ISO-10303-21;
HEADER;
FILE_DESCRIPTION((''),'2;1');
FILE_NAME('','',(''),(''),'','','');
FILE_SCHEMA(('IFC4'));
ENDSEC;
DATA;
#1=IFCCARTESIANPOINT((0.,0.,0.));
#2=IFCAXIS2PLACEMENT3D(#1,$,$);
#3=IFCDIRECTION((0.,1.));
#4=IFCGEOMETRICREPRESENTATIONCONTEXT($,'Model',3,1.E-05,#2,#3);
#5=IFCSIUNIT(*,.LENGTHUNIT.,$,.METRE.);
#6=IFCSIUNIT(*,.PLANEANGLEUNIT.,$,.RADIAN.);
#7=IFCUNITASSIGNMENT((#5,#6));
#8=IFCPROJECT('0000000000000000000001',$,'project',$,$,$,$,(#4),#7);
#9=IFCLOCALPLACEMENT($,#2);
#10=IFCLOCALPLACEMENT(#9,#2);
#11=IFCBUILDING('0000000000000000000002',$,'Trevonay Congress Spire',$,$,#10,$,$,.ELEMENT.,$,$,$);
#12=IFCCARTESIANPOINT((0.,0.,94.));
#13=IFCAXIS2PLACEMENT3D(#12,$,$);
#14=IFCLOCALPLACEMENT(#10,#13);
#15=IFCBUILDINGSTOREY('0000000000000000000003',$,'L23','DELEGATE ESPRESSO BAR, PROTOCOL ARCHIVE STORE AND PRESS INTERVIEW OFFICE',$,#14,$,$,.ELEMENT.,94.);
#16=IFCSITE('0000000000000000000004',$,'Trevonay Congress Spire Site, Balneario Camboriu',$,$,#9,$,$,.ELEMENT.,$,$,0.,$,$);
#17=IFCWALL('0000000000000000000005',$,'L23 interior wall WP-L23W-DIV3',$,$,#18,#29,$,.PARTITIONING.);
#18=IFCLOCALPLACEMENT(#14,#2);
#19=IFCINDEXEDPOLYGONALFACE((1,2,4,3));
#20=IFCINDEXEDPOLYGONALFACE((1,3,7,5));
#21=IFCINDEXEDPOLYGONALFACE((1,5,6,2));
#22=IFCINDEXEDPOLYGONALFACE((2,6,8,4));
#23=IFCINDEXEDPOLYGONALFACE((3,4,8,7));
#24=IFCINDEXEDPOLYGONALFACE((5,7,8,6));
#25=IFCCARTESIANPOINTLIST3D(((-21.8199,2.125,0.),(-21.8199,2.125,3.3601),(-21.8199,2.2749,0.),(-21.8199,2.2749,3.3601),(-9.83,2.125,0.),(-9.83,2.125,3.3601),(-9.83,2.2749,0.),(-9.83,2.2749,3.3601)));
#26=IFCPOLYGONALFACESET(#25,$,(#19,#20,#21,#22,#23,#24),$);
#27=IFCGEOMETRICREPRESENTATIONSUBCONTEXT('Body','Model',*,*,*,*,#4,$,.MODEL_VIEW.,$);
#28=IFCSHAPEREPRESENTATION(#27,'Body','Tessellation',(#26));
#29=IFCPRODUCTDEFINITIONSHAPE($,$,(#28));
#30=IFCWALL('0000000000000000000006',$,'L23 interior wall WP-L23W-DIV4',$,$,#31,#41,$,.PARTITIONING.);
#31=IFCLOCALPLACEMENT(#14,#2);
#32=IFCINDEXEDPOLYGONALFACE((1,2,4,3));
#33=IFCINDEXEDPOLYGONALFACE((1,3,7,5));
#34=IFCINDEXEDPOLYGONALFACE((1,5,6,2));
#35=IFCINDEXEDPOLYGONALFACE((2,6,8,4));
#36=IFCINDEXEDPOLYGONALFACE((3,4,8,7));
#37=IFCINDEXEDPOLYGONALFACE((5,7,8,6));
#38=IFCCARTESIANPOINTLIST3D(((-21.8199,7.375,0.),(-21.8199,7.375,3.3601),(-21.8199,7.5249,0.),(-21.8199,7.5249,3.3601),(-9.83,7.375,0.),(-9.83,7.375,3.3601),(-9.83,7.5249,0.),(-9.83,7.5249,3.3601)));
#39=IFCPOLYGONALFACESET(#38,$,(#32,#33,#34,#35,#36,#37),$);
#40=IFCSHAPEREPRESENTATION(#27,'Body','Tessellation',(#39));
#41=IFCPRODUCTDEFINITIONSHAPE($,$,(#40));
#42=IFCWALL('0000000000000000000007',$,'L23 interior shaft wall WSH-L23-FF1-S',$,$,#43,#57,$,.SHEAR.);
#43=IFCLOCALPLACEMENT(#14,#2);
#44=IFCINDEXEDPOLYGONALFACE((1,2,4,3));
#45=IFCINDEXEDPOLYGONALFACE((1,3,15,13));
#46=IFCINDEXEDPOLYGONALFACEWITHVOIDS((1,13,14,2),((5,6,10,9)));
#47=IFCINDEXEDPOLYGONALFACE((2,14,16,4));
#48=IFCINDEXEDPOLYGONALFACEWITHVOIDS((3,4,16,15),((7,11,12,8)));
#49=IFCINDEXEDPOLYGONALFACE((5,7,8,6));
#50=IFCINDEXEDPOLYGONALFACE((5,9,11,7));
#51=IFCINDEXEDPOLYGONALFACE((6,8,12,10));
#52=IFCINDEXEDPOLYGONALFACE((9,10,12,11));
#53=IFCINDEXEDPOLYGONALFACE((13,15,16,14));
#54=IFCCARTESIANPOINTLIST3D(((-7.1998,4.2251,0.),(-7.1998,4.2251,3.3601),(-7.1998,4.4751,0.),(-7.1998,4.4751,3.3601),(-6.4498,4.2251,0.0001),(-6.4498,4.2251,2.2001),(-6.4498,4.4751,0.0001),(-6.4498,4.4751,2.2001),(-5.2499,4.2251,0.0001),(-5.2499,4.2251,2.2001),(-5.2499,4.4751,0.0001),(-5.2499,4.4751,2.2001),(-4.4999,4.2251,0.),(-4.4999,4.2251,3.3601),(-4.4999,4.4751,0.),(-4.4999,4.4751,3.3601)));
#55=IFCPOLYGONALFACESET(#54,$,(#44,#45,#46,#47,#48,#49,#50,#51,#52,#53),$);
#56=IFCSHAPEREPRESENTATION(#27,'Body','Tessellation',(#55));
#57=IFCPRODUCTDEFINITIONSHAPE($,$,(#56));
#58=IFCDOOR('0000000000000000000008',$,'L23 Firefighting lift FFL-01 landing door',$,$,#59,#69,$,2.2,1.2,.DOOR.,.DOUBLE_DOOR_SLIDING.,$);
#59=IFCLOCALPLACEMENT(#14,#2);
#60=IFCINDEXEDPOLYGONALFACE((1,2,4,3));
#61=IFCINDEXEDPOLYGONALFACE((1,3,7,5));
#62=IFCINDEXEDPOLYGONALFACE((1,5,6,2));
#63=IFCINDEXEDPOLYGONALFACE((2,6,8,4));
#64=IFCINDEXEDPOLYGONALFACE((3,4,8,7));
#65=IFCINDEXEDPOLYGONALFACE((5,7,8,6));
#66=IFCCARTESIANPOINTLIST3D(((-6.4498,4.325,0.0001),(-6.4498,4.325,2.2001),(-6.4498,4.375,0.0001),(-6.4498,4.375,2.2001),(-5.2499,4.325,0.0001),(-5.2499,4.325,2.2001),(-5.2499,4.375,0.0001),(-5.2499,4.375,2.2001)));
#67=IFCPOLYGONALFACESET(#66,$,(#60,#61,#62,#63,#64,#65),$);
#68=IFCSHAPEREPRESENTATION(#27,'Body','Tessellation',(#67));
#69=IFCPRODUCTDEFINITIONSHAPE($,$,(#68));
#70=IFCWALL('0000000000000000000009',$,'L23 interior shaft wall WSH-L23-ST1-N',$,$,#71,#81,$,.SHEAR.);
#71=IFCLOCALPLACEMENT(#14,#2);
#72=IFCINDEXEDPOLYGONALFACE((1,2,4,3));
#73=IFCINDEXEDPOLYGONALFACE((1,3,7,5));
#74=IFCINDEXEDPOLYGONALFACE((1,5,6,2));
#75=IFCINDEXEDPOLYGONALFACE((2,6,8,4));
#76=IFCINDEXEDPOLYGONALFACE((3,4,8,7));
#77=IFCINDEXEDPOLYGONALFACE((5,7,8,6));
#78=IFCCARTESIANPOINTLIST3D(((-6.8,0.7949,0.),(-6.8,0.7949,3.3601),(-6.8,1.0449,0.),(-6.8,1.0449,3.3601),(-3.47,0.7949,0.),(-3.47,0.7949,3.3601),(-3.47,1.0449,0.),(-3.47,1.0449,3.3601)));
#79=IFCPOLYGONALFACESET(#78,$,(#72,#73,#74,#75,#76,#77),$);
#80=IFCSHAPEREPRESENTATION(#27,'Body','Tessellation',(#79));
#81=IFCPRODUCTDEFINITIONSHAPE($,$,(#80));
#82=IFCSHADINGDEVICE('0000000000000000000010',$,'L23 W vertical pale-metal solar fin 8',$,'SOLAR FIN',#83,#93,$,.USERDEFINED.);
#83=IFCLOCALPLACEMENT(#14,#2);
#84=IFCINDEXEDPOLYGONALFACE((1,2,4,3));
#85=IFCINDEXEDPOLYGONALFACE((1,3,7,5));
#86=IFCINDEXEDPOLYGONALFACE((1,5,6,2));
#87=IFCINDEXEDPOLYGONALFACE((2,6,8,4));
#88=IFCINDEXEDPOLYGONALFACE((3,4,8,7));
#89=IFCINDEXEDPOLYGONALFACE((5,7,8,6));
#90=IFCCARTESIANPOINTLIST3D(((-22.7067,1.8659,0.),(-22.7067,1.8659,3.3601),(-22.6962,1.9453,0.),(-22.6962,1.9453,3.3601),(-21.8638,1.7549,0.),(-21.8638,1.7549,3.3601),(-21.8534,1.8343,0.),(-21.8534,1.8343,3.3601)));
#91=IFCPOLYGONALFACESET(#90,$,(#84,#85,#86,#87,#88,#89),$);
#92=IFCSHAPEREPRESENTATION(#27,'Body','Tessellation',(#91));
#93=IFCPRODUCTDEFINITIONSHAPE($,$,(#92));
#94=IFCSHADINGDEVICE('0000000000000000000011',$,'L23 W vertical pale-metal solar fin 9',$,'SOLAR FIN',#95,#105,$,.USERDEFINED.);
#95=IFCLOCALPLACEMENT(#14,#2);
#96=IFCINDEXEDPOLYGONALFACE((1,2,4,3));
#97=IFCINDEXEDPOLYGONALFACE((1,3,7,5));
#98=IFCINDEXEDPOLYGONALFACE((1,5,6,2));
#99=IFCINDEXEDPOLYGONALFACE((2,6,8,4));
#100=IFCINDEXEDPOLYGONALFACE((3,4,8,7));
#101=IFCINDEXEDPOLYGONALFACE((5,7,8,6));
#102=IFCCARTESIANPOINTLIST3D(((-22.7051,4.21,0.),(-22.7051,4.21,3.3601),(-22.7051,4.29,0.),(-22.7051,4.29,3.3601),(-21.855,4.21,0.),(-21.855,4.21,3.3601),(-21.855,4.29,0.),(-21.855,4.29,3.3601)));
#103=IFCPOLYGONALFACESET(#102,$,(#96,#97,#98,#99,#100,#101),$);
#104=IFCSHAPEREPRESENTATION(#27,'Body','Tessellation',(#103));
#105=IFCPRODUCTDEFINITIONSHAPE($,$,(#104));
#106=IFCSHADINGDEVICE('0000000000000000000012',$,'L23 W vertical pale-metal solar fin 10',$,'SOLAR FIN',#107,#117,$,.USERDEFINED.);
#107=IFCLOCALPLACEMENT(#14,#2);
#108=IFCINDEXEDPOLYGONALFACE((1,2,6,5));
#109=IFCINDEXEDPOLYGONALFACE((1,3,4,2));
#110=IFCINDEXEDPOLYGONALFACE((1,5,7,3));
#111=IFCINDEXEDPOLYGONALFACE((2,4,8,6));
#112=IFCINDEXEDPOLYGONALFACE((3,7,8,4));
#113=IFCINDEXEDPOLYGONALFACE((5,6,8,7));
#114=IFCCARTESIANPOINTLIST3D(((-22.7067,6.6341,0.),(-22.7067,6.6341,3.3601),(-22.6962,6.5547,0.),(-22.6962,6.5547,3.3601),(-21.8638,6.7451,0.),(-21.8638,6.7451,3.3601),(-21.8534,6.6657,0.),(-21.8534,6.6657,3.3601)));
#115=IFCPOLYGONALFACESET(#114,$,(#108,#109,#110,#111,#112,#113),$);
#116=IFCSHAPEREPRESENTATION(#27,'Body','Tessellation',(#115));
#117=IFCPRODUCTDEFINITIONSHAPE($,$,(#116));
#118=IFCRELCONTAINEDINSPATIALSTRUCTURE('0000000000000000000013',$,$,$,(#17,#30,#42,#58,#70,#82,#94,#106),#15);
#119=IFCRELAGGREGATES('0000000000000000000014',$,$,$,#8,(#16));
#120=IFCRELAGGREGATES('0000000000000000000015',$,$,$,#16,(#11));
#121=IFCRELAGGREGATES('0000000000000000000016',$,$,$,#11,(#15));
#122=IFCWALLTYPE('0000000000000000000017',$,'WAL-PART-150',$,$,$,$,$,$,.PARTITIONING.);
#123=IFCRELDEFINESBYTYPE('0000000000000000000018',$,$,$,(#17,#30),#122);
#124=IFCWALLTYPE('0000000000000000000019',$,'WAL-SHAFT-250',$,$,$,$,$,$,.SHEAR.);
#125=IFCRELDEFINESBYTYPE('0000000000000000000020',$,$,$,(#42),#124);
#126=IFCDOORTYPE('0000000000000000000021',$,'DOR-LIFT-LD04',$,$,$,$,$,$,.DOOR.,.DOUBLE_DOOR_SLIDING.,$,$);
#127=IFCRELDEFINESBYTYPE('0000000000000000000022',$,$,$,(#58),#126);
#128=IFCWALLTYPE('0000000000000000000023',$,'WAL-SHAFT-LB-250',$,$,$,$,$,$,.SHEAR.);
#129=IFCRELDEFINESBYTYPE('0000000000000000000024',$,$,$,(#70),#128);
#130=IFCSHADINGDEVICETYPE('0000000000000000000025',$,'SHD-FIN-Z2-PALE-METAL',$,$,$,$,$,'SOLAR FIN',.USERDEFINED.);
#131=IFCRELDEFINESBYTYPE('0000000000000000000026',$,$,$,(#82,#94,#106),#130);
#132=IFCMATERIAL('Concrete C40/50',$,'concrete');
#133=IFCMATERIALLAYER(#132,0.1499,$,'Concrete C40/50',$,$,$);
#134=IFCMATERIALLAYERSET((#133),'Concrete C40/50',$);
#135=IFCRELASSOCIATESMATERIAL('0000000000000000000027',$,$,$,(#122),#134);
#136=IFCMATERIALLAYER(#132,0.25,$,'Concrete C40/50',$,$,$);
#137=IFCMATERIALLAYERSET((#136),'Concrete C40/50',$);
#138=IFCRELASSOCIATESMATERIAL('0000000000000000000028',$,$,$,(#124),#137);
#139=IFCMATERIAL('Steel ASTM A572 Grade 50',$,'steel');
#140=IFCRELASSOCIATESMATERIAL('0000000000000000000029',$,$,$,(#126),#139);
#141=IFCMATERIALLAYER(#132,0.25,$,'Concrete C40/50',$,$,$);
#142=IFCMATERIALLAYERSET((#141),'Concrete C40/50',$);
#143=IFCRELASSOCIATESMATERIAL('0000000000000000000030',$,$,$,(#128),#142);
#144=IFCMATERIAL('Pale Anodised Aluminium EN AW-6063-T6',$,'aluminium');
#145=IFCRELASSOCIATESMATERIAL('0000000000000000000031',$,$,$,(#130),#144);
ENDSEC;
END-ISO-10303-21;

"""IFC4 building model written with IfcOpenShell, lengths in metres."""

from ifc_helpers import new_model, si_unit, direction, frame, frame_2d, origin, origin_2d, place, context, subcontext, project, spatial, rectangle, extrude, material, layer, layer_set, type_object, element, fill, save


model = new_model("IFC4")

# Units and contexts
model_context = context("Model", 3, precision=1e-05, world=origin(), true_north=direction((0.0, 1.0)))
body_context = subcontext(model_context, "Body", "Model", "MODEL_VIEW")
ifc_project = project(units=[si_unit("LENGTHUNIT", "METRE"), si_unit("PLANEANGLEUNIT", "RADIAN")], contexts=[model_context])

# Site, building, storey
site_placement = place(None, origin())
site = spatial("IfcSite", under=ifc_project, at=site_placement, Name="Trevonay Congress Spire Site, Balneario Camboriu", CompositionType="ELEMENT", RefElevation=0.0)
building_placement = place(site_placement, origin())
building = spatial("IfcBuilding", under=site, at=building_placement, Name="Trevonay Congress Spire", CompositionType="ELEMENT")
storey_placement = place(building_placement, frame((0.0, 0.0, 94.0)))
storey = spatial("IfcBuildingStorey", under=building, at=storey_placement, Name="L23", Description="DELEGATE ESPRESSO BAR, PROTOCOL ARCHIVE STORE AND PRESS INTERVIEW OFFICE", CompositionType="ELEMENT", Elevation=94.0)

# Shared definitions
ifc_material_1 = material(Name="Steel ASTM A572 Grade 50", Category="steel")

# Shared definitions
ifc_material_2 = material(Name="Pale Anodised Aluminium EN AW-6063-T6", Category="aluminium")

# Walls
ifc_material_3 = material(Name="Concrete C40/50", Category="concrete")
ifc_layer_1 = layer(ifc_material_3, 0.1499, Name="Concrete C40/50")
ifc_layer_set_1 = layer_set([ifc_layer_1], Name="Concrete C40/50")
wall_type_1 = type_object("IfcWallType", Name="WAL-PART-150", PredefinedType="PARTITIONING", material=ifc_layer_set_1)
for number, where, z_axis, x_axis, name in (
    (1, (-21.8201, 2.2, 0.0), (0.0, 0.0, 1.0), (1.0, 0.0, 0.0), "L23 interior wall WP-L23W-DIV3"),
    (2, (-21.8201, 7.45, 0.0), (0.0, 0.0, 1.0), (1.0, 0.0, 0.0), "L23 interior wall WP-L23W-DIV4"),
):
    element("IfcWall", number, at=place(storey_placement, frame(where, z_axis=z_axis, x_axis=x_axis)), inside=storey, type_object=wall_type_1, Name=name, PredefinedType="PARTITIONING", context=body_context, shape_type="SweptSolid", body=[
        extrude(rectangle(XDim=11.99, YDim=0.1499, at=frame_2d((5.9951, 0.0))), origin(), (0.0, 0.0, 1.0), 3.3601),
    ])

# Wall, opening, door
ifc_layer_2 = layer(ifc_material_3, 0.25, Name="Concrete C40/50")
ifc_layer_set_2 = layer_set([ifc_layer_2], Name="Concrete C40/50")
wall_type_2 = type_object("IfcWallType", Name="WAL-SHAFT-250", PredefinedType="SHEAR", material=ifc_layer_set_2)
wall_1_placement = place(storey_placement, frame((-7.2, 4.3501, 0.0), z_axis=(0.0, 0.0, 1.0), x_axis=(1.0, 0.0, 0.0)))
wall_1 = element("IfcWall", 3, at=wall_1_placement, inside=storey, type_object=wall_type_2, Name="L23 interior shaft wall WSH-L23-FF1-S", PredefinedType="SHEAR", context=body_context, shape_type="SweptSolid", body=[
    extrude(rectangle(XDim=2.7, YDim=0.25, at=frame_2d((1.3501, 0.0))), origin(), (0.0, 0.0, 1.0), 3.3601),
])
opening_placement = place(wall_1_placement, frame((0.75, 0.0, 0.0)))
opening = element("IfcOpeningElement", 4, at=opening_placement, cuts=wall_1, PredefinedType="OPENING", context=body_context, shape_type="SweptSolid", body=[
    extrude(rectangle(XDim=1.2, YDim=2.2, at=frame_2d((0.6001, 1.1001))), frame((0.0, 0.135, 0.0), z_axis=(0.0, -1.0, 0.0), x_axis=(1.0, 0.0, 0.0)), (0.0, 0.0, 1.0), 0.27),
])
door_type = type_object("IfcDoorType", Name="DOR-LIFT-LD04", OperationType="DOUBLE_DOOR_SLIDING", PredefinedType="DOOR", material=ifc_material_1)
door_placement = place(opening_placement, origin())
door = element("IfcDoor", 5, at=door_placement, inside=storey, type_object=door_type, Name="L23 Firefighting lift FFL-01 landing door", OperationType="DOUBLE_DOOR_SLIDING", OverallHeight=2.2, OverallWidth=1.2, PredefinedType="DOOR", context=body_context, shape_type="SweptSolid", body=[
    extrude(rectangle(XDim=1.2, YDim=2.2, at=frame_2d((0.6001, 1.1001))), frame((0.0, 0.0249, 0.0), z_axis=(0.0, -1.0, 0.0), x_axis=(1.0, 0.0, 0.0)), (0.0, 0.0, 1.0), 0.05),
])
fill(opening, door)

# Wall
ifc_layer_3 = layer(ifc_material_3, 0.25, Name="Concrete C40/50")
ifc_layer_set_3 = layer_set([ifc_layer_3], Name="Concrete C40/50")
wall_type_3 = type_object("IfcWallType", Name="WAL-SHAFT-LB-250", PredefinedType="SHEAR", material=ifc_layer_set_3)
wall_2_placement = place(storey_placement, frame((-6.8, 0.9199, 0.0), z_axis=(0.0, 0.0, 1.0), x_axis=(1.0, 0.0, 0.0)))
element("IfcWall", 6, at=wall_2_placement, inside=storey, type_object=wall_type_3, Name="L23 interior shaft wall WSH-L23-ST1-N", PredefinedType="SHEAR", context=body_context, shape_type="SweptSolid", body=[
    extrude(rectangle(XDim=3.3301, YDim=0.25, at=frame_2d((1.665, 0.0))), origin(), (0.0, 0.0, 1.0), 3.3601),
])

# Shading devices
shading_device_type = type_object("IfcShadingDeviceType", Name="SHD-FIN-Z2-PALE-METAL", ElementType="SOLAR FIN", PredefinedType="USERDEFINED", material=ifc_material_2)
for number, where, z_axis, x_axis, name in (
    (7, (-22.28, 1.8501, 0.0), (0.0, 0.0, 1.0), (0.130526, 0.991445, 0.0), "L23 W vertical pale-metal solar fin 8"),
    (8, (-22.28, 4.25, 0.0), (0.0, 0.0, 1.0), (0.0, 1.0, 0.0), "L23 W vertical pale-metal solar fin 9"),
    (9, (-22.28, 6.6499, 0.0), (0.0, 0.0, 1.0), (-0.130526, 0.991445, 0.0), "L23 W vertical pale-metal solar fin 10"),
):
    element("IfcShadingDevice", number, at=place(storey_placement, frame(where, z_axis=z_axis, x_axis=x_axis)), inside=storey, type_object=shading_device_type, Name=name, ObjectType="SOLAR FIN", PredefinedType="USERDEFINED", context=body_context, shape_type="SweptSolid", body=[
        extrude(rectangle(XDim=0.0801, YDim=0.8501, at=origin_2d()), origin(), (0.0, 0.0, 1.0), 3.3601),
    ])

save(model, "model.ifc")
